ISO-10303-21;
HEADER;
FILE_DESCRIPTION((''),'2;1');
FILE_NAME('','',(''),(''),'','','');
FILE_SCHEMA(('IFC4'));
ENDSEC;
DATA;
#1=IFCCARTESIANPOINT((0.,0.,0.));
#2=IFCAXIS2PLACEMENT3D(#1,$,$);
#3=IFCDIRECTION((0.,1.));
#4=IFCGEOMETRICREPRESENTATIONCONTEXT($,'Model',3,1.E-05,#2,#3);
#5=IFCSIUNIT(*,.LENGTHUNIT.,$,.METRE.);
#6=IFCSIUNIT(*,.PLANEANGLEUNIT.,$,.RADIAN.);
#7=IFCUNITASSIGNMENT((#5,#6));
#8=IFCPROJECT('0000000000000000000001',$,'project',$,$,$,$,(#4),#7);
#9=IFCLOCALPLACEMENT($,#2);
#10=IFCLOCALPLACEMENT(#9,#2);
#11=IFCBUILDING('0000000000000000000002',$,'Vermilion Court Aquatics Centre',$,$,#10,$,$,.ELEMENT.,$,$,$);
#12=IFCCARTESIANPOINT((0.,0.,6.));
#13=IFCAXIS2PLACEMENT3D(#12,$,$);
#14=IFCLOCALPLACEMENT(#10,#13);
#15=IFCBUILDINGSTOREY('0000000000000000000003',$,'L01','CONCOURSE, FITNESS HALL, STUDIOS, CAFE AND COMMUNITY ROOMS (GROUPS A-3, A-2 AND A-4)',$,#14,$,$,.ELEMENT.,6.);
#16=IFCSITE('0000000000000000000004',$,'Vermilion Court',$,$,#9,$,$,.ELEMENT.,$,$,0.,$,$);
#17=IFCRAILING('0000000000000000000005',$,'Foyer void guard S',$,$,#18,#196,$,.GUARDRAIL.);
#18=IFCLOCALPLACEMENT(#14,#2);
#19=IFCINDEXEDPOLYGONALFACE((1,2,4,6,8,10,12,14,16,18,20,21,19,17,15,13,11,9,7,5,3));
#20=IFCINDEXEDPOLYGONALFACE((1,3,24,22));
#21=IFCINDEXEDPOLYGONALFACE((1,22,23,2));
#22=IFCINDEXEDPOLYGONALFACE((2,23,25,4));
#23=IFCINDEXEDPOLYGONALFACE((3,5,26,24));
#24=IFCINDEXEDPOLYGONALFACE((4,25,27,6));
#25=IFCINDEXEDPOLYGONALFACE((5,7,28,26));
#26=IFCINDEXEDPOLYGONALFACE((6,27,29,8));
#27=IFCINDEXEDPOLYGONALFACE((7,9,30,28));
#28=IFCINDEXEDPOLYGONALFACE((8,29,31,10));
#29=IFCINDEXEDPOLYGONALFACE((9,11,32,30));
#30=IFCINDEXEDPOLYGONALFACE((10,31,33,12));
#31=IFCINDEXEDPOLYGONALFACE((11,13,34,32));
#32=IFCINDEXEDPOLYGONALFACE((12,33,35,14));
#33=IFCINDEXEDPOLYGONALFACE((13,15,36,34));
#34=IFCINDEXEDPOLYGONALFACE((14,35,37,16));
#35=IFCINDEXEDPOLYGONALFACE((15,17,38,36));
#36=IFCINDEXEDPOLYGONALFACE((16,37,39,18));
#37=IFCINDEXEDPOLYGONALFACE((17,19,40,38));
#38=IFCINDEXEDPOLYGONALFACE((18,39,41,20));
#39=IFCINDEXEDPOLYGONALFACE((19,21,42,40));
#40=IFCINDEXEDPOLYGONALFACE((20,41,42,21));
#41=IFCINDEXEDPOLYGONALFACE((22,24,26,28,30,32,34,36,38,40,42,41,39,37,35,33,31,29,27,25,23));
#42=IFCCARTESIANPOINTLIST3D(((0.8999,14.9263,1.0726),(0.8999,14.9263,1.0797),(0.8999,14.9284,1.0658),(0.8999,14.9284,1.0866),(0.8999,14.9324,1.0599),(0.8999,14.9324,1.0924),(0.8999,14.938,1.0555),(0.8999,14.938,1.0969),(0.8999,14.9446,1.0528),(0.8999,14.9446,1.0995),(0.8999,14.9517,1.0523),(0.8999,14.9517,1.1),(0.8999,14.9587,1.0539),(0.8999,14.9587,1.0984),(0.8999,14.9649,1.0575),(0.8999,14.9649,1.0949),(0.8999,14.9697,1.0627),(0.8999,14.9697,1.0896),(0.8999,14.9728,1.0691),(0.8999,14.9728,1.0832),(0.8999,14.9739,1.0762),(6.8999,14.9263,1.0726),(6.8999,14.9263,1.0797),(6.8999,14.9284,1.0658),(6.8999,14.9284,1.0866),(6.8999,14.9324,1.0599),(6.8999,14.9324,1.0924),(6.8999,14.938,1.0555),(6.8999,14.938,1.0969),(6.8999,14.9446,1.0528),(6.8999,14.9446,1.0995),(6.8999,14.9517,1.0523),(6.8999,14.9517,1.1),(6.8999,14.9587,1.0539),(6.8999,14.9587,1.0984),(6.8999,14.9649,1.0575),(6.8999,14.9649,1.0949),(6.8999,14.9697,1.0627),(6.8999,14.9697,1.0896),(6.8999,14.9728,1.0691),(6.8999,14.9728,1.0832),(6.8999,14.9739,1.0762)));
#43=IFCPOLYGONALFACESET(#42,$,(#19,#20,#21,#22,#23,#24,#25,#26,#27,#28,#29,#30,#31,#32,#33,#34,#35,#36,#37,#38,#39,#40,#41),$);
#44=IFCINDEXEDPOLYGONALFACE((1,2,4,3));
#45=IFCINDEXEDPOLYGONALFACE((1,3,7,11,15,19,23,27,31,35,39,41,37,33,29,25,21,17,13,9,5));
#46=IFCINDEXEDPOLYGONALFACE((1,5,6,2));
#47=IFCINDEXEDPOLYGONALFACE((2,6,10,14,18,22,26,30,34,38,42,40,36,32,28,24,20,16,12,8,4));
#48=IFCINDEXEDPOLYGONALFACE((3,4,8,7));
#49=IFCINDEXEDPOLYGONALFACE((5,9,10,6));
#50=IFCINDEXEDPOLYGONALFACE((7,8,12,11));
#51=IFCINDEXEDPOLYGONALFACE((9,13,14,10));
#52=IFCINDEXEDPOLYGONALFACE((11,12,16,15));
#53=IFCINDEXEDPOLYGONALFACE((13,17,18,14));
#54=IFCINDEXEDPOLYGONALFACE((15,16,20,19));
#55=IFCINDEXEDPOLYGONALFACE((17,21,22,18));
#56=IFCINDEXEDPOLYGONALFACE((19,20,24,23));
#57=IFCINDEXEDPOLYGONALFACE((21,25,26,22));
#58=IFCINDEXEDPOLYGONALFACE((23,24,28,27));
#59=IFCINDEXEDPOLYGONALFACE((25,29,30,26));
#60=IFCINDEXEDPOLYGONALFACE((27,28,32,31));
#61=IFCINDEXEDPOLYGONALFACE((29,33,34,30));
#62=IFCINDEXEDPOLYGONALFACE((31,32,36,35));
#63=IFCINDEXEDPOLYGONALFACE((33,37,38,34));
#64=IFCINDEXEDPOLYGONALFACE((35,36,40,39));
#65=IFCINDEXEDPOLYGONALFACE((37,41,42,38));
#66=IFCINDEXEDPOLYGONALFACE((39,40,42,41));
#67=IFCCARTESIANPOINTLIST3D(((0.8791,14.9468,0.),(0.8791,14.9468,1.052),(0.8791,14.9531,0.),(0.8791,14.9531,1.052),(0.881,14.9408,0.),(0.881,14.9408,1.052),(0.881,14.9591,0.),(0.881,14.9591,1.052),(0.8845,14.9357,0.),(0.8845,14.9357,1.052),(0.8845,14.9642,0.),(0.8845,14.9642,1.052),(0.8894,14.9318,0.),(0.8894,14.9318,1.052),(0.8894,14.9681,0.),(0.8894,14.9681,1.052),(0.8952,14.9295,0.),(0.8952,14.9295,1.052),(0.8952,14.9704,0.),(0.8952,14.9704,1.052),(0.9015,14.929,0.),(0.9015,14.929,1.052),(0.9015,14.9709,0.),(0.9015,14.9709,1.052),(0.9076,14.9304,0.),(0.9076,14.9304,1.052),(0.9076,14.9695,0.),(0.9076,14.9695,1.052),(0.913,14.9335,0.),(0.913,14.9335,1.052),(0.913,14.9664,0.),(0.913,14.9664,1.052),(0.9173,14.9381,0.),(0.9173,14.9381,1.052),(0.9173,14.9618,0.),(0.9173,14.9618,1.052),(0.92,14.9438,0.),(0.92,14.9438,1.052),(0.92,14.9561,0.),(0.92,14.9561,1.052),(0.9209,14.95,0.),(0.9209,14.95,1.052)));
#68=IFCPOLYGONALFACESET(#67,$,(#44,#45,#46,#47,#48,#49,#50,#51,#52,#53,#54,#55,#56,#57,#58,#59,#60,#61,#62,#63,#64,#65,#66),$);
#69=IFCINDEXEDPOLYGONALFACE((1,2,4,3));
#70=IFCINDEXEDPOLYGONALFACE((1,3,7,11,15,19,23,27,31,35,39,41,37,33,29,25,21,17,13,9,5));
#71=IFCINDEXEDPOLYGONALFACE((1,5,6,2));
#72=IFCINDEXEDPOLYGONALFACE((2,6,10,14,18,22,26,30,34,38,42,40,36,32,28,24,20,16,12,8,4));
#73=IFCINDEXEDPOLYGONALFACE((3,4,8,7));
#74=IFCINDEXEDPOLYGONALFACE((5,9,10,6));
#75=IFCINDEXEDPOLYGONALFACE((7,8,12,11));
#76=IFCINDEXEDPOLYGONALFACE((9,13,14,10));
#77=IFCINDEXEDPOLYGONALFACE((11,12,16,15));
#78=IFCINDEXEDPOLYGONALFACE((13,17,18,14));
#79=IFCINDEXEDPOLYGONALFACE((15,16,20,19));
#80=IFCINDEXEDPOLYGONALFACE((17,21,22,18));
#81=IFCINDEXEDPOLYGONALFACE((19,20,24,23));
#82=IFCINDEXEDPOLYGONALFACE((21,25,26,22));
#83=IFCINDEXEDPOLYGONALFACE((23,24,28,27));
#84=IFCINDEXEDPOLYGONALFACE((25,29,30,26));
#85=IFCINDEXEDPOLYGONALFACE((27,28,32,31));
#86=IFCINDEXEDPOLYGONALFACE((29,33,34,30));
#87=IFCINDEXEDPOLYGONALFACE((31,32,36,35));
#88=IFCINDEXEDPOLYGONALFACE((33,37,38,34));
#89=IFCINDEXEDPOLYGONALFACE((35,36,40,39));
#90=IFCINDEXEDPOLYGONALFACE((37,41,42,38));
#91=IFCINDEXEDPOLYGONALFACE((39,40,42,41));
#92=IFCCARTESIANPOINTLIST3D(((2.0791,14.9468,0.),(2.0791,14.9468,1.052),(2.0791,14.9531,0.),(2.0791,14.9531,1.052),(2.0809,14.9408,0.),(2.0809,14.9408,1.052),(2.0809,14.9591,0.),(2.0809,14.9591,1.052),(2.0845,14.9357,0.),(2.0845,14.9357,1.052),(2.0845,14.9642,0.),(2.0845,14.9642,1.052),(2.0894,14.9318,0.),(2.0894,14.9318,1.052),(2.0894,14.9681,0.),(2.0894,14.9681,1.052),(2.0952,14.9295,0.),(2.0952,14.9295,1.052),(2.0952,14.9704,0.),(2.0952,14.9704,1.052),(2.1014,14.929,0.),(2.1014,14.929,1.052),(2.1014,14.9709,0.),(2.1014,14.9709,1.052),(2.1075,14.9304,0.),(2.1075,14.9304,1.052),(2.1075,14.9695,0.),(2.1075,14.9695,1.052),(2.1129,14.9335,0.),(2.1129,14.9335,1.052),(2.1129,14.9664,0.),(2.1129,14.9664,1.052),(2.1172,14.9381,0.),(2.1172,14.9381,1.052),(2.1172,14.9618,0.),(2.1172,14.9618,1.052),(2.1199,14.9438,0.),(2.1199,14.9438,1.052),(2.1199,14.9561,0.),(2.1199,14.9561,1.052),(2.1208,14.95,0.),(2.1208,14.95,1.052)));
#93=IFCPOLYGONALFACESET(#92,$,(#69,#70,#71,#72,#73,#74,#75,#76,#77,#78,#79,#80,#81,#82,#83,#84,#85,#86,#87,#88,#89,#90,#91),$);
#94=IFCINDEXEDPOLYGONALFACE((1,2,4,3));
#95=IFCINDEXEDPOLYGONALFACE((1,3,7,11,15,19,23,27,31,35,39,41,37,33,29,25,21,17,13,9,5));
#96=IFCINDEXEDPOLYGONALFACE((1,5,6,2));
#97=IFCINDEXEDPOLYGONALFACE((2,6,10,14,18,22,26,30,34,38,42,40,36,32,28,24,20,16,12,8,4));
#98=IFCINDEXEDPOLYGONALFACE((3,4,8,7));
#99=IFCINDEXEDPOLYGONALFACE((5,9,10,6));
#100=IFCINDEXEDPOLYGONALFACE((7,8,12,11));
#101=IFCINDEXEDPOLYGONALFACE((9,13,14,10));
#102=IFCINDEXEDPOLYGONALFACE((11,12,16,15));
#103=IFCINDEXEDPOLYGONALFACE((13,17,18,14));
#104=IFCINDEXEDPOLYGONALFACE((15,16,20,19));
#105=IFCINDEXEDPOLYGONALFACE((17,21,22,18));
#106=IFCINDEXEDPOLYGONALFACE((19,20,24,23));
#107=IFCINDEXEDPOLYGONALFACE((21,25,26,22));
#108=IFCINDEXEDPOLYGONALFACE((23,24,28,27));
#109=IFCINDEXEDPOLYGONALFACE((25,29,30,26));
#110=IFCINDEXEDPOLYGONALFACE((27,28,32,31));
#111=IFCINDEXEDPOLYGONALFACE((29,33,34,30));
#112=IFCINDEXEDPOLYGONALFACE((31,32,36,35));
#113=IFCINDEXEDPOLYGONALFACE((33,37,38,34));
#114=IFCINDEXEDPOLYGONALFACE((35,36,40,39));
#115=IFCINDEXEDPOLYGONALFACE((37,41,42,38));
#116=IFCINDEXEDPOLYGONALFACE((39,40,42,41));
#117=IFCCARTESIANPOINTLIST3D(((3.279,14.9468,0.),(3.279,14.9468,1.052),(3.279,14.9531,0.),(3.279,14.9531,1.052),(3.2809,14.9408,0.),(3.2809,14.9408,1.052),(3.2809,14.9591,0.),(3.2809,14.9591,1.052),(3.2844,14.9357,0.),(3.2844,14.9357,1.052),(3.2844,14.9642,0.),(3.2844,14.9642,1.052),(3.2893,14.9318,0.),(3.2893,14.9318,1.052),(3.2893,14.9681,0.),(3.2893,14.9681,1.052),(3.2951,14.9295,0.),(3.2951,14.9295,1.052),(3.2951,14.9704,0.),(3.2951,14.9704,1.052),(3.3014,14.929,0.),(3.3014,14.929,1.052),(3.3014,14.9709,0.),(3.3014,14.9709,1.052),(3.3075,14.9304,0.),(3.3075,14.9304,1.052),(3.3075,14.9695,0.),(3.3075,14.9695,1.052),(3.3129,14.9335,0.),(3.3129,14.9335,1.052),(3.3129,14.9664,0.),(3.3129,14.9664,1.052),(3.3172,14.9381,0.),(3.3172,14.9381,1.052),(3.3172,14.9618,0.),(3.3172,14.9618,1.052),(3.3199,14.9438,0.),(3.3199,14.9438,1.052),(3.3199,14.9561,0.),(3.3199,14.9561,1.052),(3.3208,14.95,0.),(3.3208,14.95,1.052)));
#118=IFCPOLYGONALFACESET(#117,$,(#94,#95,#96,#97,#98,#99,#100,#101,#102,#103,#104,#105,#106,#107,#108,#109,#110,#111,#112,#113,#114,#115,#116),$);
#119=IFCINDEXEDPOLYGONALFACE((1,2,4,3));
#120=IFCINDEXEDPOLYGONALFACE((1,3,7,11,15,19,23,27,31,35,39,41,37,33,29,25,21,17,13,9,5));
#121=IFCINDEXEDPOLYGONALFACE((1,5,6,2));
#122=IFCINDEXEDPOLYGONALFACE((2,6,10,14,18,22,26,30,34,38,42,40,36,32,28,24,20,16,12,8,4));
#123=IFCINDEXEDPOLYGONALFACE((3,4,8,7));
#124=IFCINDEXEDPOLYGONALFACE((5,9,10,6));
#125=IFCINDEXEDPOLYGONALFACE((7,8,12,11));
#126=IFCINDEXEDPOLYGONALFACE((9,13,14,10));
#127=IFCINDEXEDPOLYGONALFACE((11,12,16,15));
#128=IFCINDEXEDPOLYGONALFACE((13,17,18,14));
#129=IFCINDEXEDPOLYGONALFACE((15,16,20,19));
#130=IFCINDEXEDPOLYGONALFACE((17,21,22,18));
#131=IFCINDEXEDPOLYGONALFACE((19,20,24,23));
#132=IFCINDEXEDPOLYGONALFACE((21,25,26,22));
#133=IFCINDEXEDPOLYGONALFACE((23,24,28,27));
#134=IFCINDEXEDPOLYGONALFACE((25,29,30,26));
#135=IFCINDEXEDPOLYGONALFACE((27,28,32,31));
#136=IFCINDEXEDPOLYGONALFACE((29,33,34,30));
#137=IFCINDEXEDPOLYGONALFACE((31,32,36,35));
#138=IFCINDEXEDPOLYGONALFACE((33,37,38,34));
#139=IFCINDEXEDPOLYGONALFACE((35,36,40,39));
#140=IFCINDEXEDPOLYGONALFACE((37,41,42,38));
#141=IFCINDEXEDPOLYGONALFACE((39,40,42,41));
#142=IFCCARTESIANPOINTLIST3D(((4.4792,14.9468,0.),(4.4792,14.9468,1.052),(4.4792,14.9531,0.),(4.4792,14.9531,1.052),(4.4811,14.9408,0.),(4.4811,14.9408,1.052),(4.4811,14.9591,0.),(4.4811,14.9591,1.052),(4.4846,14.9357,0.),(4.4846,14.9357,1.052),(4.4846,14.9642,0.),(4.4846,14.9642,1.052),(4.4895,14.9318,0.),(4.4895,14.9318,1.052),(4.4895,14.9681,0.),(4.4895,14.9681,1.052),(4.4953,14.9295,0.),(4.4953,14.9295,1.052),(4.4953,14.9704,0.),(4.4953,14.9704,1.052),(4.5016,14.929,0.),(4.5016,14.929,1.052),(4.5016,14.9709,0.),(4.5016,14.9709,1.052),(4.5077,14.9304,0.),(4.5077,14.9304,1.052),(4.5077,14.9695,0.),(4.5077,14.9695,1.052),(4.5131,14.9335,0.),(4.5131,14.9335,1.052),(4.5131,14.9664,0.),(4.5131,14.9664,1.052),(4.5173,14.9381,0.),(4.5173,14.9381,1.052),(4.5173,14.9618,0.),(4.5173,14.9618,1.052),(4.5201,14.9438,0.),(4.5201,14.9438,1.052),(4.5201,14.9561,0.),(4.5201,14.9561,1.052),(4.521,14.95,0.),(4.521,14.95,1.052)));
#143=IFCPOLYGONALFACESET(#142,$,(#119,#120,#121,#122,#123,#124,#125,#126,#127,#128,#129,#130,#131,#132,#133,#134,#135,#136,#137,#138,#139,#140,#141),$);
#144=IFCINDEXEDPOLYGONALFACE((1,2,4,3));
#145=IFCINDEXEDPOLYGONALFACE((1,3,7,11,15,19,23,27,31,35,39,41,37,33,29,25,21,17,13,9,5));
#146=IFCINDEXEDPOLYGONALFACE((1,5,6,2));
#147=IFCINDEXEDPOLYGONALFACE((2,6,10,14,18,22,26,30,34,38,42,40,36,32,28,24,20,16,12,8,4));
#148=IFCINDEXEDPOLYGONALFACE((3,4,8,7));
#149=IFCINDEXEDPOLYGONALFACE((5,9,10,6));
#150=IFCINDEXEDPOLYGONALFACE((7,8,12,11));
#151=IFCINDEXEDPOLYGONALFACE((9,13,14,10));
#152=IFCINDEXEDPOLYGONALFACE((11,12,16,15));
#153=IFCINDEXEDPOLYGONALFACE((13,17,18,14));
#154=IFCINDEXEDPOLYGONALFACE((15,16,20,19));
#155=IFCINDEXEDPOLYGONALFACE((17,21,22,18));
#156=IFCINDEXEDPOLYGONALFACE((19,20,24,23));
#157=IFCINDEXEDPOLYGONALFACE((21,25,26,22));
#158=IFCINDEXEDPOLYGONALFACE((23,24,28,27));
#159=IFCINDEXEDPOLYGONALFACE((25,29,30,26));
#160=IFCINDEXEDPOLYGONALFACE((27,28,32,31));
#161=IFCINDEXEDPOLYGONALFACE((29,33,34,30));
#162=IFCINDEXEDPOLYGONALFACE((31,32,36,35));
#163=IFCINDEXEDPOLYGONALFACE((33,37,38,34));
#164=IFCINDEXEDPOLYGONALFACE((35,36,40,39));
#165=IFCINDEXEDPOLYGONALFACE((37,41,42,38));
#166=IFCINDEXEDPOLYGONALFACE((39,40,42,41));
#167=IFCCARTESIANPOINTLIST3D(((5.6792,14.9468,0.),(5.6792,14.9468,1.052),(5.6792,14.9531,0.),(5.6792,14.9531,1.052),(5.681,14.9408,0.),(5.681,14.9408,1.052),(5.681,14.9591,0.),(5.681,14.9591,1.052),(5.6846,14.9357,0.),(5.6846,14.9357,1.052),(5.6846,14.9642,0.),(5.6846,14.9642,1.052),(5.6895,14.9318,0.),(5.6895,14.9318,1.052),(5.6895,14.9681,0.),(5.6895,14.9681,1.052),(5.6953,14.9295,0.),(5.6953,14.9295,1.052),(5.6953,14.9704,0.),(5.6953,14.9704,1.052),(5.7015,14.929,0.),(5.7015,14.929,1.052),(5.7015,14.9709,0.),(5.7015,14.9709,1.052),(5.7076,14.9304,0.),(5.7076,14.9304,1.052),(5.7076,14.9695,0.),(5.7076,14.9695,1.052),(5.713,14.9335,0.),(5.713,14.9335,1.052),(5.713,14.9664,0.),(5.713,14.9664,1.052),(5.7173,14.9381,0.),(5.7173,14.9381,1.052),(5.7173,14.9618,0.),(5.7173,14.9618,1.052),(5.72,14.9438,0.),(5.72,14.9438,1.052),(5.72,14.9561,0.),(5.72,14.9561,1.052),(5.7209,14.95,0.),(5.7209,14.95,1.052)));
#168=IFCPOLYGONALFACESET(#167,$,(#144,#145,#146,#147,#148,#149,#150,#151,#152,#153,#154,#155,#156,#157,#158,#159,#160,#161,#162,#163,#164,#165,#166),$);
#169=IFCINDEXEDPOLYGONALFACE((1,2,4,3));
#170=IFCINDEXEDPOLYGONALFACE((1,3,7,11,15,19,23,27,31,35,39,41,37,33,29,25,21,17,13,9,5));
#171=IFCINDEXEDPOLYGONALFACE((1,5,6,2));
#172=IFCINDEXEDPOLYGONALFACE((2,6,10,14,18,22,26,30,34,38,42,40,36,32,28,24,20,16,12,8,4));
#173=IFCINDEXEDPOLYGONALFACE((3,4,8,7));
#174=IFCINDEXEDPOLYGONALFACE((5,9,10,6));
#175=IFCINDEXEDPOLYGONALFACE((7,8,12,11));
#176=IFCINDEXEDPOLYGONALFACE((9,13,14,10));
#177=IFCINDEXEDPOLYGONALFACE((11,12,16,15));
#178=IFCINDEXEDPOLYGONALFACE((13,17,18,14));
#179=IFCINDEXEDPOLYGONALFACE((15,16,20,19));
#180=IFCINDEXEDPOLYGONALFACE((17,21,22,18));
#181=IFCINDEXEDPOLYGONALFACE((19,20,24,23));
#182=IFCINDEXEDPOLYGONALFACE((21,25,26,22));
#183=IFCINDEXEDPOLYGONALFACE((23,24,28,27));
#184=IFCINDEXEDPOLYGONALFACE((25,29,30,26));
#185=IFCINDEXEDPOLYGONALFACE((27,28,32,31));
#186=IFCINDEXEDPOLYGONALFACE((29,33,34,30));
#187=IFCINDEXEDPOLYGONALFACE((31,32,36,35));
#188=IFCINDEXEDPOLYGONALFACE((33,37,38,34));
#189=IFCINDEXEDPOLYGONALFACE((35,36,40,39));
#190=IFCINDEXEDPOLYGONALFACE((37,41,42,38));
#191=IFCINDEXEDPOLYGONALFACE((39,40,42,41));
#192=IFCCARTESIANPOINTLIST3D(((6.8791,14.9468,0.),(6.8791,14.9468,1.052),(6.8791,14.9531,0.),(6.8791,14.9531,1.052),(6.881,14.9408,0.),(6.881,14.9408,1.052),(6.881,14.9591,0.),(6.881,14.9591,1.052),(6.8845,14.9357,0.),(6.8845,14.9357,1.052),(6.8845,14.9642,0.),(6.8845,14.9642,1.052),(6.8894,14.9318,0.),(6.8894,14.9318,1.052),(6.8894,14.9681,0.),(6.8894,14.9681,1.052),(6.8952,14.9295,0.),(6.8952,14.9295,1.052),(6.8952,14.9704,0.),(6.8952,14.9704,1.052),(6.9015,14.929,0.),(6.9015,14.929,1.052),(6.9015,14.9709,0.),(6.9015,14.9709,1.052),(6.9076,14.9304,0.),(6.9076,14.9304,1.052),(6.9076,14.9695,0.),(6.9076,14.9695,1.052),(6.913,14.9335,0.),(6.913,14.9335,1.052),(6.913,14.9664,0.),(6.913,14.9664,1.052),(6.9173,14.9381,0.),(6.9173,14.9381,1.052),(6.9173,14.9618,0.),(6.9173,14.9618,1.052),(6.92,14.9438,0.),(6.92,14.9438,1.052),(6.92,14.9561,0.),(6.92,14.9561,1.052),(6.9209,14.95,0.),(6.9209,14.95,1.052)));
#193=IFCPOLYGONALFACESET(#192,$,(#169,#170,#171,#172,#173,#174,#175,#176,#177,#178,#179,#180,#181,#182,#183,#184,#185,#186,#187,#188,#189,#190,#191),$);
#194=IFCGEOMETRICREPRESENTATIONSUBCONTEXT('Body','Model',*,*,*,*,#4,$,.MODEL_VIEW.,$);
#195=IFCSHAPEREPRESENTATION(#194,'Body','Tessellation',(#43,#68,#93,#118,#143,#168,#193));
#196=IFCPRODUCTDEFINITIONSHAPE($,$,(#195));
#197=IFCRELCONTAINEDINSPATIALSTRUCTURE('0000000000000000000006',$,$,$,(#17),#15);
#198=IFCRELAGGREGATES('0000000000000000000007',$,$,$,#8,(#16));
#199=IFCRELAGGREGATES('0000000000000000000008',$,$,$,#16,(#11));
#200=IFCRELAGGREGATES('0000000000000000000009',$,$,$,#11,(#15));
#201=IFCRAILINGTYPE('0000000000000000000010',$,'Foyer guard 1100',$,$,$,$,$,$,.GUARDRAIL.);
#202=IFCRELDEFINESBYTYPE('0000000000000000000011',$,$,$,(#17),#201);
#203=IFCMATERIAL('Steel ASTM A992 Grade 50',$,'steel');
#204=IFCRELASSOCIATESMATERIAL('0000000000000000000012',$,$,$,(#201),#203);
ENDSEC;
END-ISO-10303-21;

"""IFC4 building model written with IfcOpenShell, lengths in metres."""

from ifc_helpers import new_model, si_unit, direction, frame, origin, origin_2d, place, context, subcontext, project, spatial, circle, extrude, material, type_object, element, save


model = new_model("IFC4")

# Units and contexts
model_context = context("Model", 3, precision=1e-05, world=origin(), true_north=direction((0.0, 1.0)))
body_context = subcontext(model_context, "Body", "Model", "MODEL_VIEW")
ifc_project = project(units=[si_unit("LENGTHUNIT", "METRE"), si_unit("PLANEANGLEUNIT", "RADIAN")], contexts=[model_context])

# Site, building, storey
site_placement = place(None, origin())
site = spatial("IfcSite", under=ifc_project, at=site_placement, Name="Vermilion Court", CompositionType="ELEMENT", RefElevation=0.0)
building_placement = place(site_placement, origin())
building = spatial("IfcBuilding", under=site, at=building_placement, Name="Vermilion Court Aquatics Centre", CompositionType="ELEMENT")
storey_placement = place(building_placement, frame((0.0, 0.0, 6.0)))
storey = spatial("IfcBuildingStorey", under=building, at=storey_placement, Name="L01", Description="CONCOURSE, FITNESS HALL, STUDIOS, CAFE AND COMMUNITY ROOMS (GROUPS A-3, A-2 AND A-4)", CompositionType="ELEMENT", Elevation=6.0)

# Railing
ifc_material_1 = material(Name="Steel ASTM A992 Grade 50", Category="steel")
railing_type = type_object("IfcRailingType", Name="Foyer guard 1100", PredefinedType="GUARDRAIL", material=ifc_material_1)
for number, where, name in (
    (1, (0.8999, 14.95, 0.0), "Foyer void guard S"),
):
    element("IfcRailing", number, at=place(storey_placement, frame(where)), inside=storey, type_object=railing_type, Name=name, PredefinedType="GUARDRAIL", context=body_context, shape_type="SweptSolid", body=[
        extrude(circle(Radius=0.0239, at=origin_2d()), frame((0.0, 0.0, 1.0762), z_axis=(1.0, 0.0, 0.0), x_axis=(0.0, 1.0, 0.0)), (0.0, 0.0, 1.0), 6.0),
        extrude(circle(Radius=0.021, at=origin_2d()), origin(), (0.0, 0.0, 1.0), 1.052),
        extrude(circle(Radius=0.021, at=origin_2d()), frame((1.2, 0.0, 0.0)), (0.0, 0.0, 1.0), 1.052),
        extrude(circle(Radius=0.021, at=origin_2d()), frame((2.3999, 0.0, 0.0)), (0.0, 0.0, 1.0), 1.052),
        extrude(circle(Radius=0.021, at=origin_2d()), frame((3.6001, 0.0, 0.0)), (0.0, 0.0, 1.0), 1.052),
        extrude(circle(Radius=0.021, at=origin_2d()), frame((4.8, 0.0, 0.0)), (0.0, 0.0, 1.0), 1.052),
        extrude(circle(Radius=0.021, at=origin_2d()), frame((6.0, 0.0, 0.0)), (0.0, 0.0, 1.0), 1.052),
    ])

save(model, "model.ifc")
